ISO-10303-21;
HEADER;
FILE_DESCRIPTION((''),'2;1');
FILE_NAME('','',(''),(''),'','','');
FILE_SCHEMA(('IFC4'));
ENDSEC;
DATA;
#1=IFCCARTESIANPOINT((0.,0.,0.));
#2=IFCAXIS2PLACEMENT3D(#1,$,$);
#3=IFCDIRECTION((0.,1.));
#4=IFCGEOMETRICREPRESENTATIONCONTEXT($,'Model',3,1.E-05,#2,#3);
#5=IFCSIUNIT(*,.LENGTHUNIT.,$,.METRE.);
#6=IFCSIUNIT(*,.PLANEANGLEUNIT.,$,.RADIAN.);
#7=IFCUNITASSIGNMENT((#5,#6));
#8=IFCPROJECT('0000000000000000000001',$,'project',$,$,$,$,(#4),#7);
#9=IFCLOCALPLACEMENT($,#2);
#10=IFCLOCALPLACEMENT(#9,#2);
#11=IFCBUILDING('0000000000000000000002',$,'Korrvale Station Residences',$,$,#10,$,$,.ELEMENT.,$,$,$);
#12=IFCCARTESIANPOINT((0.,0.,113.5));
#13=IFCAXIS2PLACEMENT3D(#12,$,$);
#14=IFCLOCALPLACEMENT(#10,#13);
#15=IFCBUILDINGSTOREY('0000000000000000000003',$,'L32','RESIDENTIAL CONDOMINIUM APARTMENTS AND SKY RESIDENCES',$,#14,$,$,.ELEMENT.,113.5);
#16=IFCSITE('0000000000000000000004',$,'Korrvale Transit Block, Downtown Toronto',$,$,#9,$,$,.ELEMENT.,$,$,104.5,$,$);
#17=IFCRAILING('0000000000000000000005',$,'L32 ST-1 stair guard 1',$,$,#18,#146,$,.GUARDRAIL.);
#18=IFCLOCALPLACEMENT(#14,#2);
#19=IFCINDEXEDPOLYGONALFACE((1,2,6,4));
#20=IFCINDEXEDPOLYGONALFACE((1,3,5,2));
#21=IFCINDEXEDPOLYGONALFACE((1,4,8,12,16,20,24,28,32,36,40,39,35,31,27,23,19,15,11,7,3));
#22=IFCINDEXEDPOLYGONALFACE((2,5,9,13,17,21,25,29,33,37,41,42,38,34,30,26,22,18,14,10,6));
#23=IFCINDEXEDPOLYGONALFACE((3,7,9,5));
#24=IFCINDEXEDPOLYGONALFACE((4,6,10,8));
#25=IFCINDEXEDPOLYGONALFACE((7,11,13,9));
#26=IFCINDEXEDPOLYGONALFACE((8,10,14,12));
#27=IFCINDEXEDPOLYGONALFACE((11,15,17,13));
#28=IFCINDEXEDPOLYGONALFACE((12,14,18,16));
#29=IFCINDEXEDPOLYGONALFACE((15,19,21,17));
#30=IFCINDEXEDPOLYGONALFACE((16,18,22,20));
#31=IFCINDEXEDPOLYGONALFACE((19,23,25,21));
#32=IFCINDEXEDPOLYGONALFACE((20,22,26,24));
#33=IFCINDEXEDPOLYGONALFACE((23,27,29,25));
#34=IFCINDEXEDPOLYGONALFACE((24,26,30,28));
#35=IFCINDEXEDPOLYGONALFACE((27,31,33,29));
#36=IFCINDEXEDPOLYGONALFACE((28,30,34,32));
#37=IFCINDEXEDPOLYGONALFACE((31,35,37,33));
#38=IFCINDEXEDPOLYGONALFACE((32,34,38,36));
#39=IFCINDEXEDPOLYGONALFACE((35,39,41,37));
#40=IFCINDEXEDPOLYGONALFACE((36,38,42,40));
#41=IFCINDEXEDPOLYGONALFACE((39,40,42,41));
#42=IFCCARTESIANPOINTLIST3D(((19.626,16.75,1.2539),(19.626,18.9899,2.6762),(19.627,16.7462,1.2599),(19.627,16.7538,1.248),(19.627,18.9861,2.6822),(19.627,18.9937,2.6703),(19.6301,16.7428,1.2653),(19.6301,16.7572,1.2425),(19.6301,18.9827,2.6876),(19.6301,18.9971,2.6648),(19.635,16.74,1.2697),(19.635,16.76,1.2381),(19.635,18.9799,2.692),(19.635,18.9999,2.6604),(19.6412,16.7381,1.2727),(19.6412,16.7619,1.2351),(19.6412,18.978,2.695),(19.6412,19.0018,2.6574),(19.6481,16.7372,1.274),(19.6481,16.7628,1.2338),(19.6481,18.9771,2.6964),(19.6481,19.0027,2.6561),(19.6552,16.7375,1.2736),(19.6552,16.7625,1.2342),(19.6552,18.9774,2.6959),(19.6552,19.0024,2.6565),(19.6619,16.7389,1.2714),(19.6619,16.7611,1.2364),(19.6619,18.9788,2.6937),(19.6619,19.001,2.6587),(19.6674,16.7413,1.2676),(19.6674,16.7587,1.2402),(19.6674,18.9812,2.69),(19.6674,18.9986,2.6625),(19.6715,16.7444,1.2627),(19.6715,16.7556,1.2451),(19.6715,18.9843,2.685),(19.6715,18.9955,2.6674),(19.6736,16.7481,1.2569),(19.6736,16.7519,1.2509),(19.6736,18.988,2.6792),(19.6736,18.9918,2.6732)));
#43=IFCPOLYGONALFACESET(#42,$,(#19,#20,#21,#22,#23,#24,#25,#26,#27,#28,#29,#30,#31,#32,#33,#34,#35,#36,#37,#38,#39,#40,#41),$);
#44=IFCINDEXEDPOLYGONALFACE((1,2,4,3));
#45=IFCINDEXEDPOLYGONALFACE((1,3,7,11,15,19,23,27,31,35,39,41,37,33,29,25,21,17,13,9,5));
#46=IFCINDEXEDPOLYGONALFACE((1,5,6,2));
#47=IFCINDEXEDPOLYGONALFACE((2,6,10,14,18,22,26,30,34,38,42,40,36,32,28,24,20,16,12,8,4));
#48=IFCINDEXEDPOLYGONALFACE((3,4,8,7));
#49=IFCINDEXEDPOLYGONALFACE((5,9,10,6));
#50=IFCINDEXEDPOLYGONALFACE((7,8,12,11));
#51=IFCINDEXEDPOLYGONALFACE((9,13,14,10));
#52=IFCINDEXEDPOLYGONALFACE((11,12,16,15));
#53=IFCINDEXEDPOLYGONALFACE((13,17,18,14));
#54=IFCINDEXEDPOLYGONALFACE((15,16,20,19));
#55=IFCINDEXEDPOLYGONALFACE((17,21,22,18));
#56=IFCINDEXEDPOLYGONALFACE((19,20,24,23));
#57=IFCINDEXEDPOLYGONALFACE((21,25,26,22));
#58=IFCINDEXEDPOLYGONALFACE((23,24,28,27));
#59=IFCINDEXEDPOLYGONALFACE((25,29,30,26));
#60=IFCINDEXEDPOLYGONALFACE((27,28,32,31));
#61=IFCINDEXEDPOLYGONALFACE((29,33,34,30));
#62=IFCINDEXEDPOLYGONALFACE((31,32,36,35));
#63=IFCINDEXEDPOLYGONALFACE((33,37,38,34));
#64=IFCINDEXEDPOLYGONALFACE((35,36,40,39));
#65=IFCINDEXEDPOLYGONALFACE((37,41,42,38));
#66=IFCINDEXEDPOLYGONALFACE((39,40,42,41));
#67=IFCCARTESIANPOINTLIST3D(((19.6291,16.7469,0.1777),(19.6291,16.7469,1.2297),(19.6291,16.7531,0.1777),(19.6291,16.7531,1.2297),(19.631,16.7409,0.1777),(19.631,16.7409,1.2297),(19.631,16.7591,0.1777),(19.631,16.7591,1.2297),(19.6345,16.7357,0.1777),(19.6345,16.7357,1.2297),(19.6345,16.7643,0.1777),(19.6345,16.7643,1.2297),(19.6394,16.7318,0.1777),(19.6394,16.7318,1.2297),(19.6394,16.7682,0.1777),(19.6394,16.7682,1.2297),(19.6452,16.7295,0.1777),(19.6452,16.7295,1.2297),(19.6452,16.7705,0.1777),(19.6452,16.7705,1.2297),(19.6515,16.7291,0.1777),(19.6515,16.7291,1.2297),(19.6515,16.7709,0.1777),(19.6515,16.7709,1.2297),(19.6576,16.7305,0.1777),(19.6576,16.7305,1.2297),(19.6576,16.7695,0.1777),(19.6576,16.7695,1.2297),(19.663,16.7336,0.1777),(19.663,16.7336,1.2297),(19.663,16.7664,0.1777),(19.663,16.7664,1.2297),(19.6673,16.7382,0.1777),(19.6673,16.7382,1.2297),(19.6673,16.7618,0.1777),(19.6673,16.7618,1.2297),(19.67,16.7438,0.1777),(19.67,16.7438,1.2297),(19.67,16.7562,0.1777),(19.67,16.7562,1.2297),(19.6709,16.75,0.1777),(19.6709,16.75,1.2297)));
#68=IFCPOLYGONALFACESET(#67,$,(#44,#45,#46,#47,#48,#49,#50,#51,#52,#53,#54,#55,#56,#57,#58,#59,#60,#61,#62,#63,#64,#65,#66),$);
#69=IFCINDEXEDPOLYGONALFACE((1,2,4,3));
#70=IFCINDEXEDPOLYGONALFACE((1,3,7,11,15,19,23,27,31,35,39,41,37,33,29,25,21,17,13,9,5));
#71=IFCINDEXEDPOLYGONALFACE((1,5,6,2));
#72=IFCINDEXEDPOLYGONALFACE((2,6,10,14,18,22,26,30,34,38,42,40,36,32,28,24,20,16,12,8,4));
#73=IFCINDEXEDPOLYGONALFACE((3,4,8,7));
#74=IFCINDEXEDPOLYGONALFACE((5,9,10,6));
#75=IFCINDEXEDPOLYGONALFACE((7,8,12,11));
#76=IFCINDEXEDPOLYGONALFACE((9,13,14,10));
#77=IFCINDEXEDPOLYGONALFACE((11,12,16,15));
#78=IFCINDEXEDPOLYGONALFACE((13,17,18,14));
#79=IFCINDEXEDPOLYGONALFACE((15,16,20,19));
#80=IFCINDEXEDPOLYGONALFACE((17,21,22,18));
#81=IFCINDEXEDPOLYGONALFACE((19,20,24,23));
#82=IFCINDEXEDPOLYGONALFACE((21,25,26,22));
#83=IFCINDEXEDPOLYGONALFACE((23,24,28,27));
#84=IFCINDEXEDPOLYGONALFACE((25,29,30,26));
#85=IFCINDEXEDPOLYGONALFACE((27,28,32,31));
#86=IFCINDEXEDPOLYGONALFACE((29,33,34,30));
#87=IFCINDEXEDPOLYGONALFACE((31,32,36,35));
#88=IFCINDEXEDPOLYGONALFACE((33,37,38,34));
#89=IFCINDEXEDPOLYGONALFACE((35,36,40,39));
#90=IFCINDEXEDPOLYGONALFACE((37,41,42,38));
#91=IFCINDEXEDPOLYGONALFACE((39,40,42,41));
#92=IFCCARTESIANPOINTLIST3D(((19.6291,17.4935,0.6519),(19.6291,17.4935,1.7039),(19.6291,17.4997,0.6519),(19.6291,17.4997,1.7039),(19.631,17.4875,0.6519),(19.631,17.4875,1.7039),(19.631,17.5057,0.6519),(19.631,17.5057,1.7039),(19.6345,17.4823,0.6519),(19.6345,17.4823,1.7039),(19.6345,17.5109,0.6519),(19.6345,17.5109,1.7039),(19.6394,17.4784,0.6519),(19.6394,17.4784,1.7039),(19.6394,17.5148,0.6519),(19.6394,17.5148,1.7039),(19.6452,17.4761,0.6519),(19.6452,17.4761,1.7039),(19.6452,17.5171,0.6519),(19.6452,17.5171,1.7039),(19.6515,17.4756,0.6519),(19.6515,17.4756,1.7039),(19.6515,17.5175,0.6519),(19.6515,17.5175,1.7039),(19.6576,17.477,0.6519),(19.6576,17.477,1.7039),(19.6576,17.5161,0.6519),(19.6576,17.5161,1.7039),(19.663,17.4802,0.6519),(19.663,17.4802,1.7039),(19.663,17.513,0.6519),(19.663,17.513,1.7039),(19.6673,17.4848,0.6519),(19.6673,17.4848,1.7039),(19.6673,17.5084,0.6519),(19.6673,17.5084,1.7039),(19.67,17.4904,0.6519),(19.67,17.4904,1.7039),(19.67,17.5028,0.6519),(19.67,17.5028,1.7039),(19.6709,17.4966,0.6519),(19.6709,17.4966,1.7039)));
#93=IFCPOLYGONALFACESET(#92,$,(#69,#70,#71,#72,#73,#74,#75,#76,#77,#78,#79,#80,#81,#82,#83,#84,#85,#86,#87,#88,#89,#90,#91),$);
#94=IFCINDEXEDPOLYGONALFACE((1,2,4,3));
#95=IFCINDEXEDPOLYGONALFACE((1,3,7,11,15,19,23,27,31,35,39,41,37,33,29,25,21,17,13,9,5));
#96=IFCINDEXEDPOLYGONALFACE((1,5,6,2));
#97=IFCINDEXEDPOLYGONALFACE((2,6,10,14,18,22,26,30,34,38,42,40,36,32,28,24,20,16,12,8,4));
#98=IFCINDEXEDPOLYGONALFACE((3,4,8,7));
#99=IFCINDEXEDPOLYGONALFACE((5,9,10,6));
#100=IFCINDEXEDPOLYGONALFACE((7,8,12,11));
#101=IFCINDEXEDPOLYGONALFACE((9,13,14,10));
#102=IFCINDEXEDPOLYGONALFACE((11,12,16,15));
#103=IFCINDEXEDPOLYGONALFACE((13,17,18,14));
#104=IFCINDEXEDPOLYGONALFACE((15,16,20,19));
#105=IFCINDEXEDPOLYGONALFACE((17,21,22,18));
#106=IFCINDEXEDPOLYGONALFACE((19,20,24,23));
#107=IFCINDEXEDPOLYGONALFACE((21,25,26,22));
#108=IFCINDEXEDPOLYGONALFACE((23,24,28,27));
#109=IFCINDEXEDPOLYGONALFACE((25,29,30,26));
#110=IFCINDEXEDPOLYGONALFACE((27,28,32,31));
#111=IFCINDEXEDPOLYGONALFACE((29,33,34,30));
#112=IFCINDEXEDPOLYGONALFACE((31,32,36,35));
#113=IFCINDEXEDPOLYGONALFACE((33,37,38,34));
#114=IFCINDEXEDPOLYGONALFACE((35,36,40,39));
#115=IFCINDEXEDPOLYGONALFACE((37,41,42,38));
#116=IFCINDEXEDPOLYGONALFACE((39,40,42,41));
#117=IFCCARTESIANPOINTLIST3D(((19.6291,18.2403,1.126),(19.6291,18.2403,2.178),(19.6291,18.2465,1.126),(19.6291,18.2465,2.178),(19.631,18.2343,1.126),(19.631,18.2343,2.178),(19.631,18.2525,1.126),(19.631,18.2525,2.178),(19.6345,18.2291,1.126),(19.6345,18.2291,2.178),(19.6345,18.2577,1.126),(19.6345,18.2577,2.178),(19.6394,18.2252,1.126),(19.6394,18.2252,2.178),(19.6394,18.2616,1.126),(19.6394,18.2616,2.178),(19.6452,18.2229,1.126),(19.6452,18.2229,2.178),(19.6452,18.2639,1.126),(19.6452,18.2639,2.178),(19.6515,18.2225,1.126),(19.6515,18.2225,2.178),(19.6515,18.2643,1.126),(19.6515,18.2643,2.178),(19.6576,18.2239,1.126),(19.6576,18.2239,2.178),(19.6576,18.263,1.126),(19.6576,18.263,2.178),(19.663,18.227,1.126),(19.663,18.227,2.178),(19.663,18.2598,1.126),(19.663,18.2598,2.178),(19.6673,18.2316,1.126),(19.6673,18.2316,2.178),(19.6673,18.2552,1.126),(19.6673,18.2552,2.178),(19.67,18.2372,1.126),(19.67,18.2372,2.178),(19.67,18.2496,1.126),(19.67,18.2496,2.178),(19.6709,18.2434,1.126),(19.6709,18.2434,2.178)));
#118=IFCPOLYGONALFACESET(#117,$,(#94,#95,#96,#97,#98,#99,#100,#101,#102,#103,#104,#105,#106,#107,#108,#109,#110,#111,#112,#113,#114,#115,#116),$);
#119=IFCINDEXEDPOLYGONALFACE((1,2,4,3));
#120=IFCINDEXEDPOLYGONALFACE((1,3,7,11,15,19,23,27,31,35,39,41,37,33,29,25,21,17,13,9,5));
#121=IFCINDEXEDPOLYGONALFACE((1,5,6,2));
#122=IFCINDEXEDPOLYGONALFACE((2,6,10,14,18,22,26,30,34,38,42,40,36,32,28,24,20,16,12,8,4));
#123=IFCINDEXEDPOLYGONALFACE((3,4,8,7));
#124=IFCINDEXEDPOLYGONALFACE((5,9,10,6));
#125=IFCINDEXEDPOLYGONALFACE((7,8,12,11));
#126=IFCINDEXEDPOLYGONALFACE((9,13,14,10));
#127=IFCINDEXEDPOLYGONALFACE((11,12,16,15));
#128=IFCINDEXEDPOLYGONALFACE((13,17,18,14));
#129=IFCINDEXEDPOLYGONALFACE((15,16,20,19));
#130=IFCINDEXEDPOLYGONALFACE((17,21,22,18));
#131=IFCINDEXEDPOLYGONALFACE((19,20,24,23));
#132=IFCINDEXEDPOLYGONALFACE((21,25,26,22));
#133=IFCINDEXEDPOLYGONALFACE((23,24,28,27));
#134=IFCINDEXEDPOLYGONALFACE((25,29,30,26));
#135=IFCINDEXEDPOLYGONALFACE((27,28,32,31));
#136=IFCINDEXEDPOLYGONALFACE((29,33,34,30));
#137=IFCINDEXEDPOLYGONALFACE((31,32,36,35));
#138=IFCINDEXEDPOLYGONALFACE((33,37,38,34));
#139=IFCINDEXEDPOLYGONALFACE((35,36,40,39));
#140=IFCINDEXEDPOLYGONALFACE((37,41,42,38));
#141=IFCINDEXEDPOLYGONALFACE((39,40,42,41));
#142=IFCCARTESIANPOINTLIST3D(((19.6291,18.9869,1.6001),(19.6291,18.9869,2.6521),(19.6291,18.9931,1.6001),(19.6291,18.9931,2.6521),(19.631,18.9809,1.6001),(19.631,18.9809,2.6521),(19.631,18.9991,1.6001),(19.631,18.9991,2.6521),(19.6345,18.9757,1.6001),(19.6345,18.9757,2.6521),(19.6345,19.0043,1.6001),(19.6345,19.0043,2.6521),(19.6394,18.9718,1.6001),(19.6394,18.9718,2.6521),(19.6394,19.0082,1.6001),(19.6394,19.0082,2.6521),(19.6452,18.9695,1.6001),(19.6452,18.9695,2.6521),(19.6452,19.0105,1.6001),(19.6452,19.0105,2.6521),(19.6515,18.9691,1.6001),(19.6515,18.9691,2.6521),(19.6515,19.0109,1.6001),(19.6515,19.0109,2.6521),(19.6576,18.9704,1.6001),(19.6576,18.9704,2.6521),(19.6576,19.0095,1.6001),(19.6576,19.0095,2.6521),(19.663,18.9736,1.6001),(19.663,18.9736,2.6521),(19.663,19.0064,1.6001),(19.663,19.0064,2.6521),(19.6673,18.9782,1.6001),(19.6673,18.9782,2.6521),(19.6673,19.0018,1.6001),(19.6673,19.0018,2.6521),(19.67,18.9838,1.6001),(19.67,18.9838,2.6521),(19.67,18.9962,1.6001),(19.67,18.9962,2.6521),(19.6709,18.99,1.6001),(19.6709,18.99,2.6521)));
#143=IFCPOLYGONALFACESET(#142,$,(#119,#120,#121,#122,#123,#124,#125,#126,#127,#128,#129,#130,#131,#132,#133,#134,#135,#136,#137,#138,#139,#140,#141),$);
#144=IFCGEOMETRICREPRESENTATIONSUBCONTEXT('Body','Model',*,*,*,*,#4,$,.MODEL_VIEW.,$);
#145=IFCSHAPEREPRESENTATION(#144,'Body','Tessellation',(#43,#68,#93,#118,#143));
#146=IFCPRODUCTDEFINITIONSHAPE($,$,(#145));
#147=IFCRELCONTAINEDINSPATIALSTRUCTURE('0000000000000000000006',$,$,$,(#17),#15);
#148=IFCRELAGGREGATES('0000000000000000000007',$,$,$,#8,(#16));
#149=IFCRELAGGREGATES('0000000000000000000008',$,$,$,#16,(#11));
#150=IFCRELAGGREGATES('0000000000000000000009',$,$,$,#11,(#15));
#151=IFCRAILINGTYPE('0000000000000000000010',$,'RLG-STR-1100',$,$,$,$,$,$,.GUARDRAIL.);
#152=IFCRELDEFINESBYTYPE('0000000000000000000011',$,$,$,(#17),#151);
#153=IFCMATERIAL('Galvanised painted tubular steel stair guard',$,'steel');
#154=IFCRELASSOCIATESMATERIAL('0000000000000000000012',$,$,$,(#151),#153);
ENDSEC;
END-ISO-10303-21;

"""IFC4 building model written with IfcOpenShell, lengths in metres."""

from ifc_helpers import new_model, si_unit, direction, frame, origin, origin_2d, place, context, subcontext, project, spatial, circle, extrude, material, type_object, element, save


model = new_model("IFC4")

# Units and contexts
model_context = context("Model", 3, precision=1e-05, world=origin(), true_north=direction((0.0, 1.0)))
body_context = subcontext(model_context, "Body", "Model", "MODEL_VIEW")
ifc_project = project(units=[si_unit("LENGTHUNIT", "METRE"), si_unit("PLANEANGLEUNIT", "RADIAN")], contexts=[model_context])

# Site, building, storey
site_placement = place(None, origin())
site = spatial("IfcSite", under=ifc_project, at=site_placement, Name="Korrvale Transit Block, Downtown Toronto", CompositionType="ELEMENT", RefElevation=104.5)
building_placement = place(site_placement, origin())
building = spatial("IfcBuilding", under=site, at=building_placement, Name="Korrvale Station Residences", CompositionType="ELEMENT")
storey_placement = place(building_placement, frame((0.0, 0.0, 113.5)))
storey = spatial("IfcBuildingStorey", under=building, at=storey_placement, Name="L32", Description="RESIDENTIAL CONDOMINIUM APARTMENTS AND SKY RESIDENCES", CompositionType="ELEMENT", Elevation=113.5)

# Railing
ifc_material_1 = material(Name="Galvanised painted tubular steel stair guard", Category="steel")
railing_type_1 = type_object("IfcRailingType", Name="RLG-STR-1100", PredefinedType="GUARDRAIL", material=ifc_material_1)
railing_1_placement = place(storey_placement, frame((19.6499, 16.75, 0.1777)))
element("IfcRailing", 1, at=railing_1_placement, inside=storey, type_object=railing_type_1, Name="L32 ST-1 stair guard 1", PredefinedType="GUARDRAIL", context=body_context, shape_type="SweptSolid", body=[
    extrude(circle(Radius=0.0239, at=origin_2d()), frame((0.0, 0.0, 1.0762), z_axis=(0.0, 0.844188, 0.536048), x_axis=(-1.0, 0.0, 0.0)), (0.0, 0.0, 1.0), 2.6533),
    extrude(circle(Radius=0.021, at=origin_2d()), origin(), (0.0, 0.0, 1.0), 1.052),
    extrude(circle(Radius=0.021, at=origin_2d()), frame((0.0, 0.7466, 0.4741)), (0.0, 0.0, 1.0), 1.052),
    extrude(circle(Radius=0.021, at=origin_2d()), frame((0.0, 1.4934, 0.9482)), (0.0, 0.0, 1.0), 1.052),
    extrude(circle(Radius=0.021, at=origin_2d()), frame((0.0, 2.24, 1.4224)), (0.0, 0.0, 1.0), 1.052),
])

save(model, "model.ifc")
